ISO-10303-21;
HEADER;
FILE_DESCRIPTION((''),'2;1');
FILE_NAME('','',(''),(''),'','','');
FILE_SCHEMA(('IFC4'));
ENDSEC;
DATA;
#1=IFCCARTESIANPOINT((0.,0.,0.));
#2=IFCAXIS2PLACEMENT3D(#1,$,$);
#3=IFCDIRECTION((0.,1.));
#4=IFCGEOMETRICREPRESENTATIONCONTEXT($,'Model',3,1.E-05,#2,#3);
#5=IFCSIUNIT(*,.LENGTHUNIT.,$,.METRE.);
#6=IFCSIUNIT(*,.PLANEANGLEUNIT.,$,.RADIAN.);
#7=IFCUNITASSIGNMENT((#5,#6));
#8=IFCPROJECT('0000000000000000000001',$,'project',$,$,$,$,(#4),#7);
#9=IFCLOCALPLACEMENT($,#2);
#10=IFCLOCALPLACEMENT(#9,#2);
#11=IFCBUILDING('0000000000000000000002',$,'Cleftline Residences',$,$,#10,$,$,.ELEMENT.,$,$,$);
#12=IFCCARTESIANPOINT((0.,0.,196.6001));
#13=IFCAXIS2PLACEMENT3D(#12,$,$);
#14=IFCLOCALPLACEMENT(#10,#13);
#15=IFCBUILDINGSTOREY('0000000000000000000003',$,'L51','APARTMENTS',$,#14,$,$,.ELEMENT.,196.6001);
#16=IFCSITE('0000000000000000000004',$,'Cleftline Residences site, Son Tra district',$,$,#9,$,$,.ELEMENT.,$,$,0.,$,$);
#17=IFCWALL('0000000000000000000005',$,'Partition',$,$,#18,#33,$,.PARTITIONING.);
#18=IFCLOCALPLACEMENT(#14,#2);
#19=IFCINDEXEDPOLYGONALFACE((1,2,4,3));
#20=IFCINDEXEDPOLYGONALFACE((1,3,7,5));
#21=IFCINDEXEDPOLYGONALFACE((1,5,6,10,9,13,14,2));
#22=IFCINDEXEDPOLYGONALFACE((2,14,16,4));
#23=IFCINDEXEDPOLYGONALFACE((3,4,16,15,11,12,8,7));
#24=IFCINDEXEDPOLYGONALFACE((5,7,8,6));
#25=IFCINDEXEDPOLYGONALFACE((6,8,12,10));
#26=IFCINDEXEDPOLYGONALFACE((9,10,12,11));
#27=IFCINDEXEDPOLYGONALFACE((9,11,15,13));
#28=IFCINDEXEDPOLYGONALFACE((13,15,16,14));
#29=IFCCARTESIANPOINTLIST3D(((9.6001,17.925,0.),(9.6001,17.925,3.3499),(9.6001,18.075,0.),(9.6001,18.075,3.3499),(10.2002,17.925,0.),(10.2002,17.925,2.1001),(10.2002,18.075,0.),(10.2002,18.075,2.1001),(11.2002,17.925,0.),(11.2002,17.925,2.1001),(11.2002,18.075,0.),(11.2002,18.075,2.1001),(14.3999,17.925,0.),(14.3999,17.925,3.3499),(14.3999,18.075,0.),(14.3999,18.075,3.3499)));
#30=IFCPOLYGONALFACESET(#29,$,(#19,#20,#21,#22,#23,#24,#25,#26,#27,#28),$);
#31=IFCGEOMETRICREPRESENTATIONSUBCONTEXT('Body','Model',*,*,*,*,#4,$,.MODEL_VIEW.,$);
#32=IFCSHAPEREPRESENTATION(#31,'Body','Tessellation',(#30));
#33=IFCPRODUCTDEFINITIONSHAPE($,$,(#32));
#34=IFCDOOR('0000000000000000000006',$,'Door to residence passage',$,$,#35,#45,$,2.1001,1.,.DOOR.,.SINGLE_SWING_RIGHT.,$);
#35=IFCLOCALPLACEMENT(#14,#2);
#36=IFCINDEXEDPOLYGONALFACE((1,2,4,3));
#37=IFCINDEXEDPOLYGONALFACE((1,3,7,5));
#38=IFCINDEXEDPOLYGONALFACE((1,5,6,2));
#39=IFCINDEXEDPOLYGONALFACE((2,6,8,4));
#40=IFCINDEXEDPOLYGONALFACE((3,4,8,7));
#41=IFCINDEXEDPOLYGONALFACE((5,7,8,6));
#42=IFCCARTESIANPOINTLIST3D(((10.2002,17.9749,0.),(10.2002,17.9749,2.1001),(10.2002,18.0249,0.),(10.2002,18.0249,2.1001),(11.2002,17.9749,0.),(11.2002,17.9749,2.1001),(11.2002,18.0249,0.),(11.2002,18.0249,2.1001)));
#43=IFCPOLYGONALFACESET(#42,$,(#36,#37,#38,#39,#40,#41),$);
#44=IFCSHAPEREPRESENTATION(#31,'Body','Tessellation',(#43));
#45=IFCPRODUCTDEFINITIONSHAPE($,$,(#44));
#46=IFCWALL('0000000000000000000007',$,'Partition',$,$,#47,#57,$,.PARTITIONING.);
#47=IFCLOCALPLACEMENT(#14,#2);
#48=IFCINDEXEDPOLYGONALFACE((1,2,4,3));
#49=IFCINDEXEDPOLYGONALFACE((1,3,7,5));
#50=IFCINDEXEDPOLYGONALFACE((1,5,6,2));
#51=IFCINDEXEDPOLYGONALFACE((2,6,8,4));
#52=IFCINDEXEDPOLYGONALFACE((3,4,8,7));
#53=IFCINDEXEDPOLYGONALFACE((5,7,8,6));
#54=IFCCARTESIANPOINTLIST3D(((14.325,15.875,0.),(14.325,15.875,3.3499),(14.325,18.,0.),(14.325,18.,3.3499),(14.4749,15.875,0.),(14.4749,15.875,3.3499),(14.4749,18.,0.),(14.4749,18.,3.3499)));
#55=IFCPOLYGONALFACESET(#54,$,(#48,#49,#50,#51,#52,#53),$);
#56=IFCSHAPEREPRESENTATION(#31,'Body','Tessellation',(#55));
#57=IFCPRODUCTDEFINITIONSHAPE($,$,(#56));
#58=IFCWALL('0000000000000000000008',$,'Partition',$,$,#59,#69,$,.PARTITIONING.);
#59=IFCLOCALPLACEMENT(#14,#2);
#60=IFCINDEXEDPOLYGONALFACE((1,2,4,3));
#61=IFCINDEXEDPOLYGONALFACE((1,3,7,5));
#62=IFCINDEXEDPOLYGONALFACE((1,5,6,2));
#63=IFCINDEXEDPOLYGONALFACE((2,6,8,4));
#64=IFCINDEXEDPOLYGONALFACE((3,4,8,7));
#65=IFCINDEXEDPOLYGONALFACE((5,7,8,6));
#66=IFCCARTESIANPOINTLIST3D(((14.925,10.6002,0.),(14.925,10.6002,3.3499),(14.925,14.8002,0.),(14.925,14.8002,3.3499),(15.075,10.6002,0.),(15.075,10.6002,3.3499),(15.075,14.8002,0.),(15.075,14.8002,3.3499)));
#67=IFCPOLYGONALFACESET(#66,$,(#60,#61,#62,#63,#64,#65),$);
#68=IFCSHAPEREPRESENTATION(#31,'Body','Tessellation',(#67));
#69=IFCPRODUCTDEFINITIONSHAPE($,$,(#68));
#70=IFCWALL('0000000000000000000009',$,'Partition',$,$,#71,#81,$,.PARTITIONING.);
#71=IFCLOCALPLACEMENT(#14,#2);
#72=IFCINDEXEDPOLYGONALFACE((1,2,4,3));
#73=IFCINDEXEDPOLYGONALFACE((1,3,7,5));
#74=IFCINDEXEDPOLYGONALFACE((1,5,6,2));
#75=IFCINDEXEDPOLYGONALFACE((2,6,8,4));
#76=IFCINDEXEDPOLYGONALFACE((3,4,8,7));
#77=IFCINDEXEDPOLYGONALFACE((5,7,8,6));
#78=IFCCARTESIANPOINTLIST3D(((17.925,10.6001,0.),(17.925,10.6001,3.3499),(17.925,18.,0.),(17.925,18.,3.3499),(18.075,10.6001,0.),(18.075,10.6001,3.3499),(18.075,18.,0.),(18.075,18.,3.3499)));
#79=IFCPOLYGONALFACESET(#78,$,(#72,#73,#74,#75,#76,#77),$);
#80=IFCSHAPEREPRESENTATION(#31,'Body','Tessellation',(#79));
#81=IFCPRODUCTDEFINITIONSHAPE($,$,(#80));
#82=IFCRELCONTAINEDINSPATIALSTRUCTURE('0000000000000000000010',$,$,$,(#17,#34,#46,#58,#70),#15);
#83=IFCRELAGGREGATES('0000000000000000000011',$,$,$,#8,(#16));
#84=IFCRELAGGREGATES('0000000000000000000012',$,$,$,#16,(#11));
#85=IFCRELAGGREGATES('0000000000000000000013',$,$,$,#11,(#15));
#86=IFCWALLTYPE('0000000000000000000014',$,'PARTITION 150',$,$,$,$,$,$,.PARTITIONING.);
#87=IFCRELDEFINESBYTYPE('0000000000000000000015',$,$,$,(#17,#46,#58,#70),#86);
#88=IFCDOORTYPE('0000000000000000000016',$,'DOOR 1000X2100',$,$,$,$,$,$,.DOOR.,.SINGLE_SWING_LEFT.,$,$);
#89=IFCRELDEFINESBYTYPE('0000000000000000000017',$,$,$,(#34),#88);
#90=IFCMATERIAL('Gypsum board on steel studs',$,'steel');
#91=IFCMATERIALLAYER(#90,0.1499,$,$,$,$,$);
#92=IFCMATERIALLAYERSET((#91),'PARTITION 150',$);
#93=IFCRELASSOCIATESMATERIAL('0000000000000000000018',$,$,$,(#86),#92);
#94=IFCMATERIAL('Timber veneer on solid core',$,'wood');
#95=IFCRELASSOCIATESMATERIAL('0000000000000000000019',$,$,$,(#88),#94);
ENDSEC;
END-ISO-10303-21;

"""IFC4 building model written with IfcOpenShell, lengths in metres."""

from ifc_helpers import new_model, si_unit, direction, frame, frame_2d, origin, place, context, subcontext, project, spatial, rectangle, extrude, material, layer, layer_set, type_object, element, fill, save


model = new_model("IFC4")

# Units and contexts
model_context = context("Model", 3, precision=1e-05, world=origin(), true_north=direction((0.0, 1.0)))
body_context = subcontext(model_context, "Body", "Model", "MODEL_VIEW")
ifc_project = project(units=[si_unit("LENGTHUNIT", "METRE"), si_unit("PLANEANGLEUNIT", "RADIAN")], contexts=[model_context])

# Site, building, storey
site_placement = place(None, origin())
site = spatial("IfcSite", under=ifc_project, at=site_placement, Name="Cleftline Residences site, Son Tra district", CompositionType="ELEMENT", RefElevation=0.0)
building_placement = place(site_placement, origin())
building = spatial("IfcBuilding", under=site, at=building_placement, Name="Cleftline Residences", CompositionType="ELEMENT")
storey_placement = place(building_placement, frame((0.0, 0.0, 196.6001)))
storey = spatial("IfcBuildingStorey", under=building, at=storey_placement, Name="L51", Description="APARTMENTS", CompositionType="ELEMENT", Elevation=196.6001)

# Shared definitions
ifc_material_1 = material(Name="Gypsum board on steel studs", Category="steel")
ifc_layer_1 = layer(ifc_material_1, 0.1499)
ifc_layer_set_1 = layer_set([ifc_layer_1], Name="PARTITION 150")
wall_type_1 = type_object("IfcWallType", Name="PARTITION 150", PredefinedType="PARTITIONING", material=ifc_layer_set_1)

# Wall, opening, door
wall_1_placement = place(storey_placement, frame((9.6001, 18.0, 0.0), z_axis=(0.0, 0.0, 1.0), x_axis=(1.0, 0.0, 0.0)))
wall_1 = element("IfcWall", 1, at=wall_1_placement, inside=storey, type_object=wall_type_1, Name="Partition", PredefinedType="PARTITIONING", context=body_context, shape_type="SweptSolid", body=[
    extrude(rectangle(XDim=4.7998, YDim=0.1499, at=frame_2d((2.3999, 0.0))), origin(), (0.0, 0.0, 1.0), 3.3499),
])
opening_1_placement = place(wall_1_placement, frame((0.6001, 0.0, 0.0)))
opening_1 = element("IfcOpeningElement", 2, at=opening_1_placement, cuts=wall_1, PredefinedType="OPENING", context=body_context, shape_type="SweptSolid", body=[
    extrude(rectangle(XDim=1.0, YDim=2.1001, at=frame_2d((0.5, 1.05))), frame((0.0, 0.085, 0.0), z_axis=(0.0, -1.0, 0.0), x_axis=(1.0, 0.0, 0.0)), (0.0, 0.0, 1.0), 0.1699),
])
ifc_material_2 = material(Name="Timber veneer on solid core", Category="wood")
door_type_1 = type_object("IfcDoorType", Name="DOOR 1000X2100", OperationType="SINGLE_SWING_LEFT", PredefinedType="DOOR", material=ifc_material_2)
door_1_placement = place(opening_1_placement, origin())
door_1 = element("IfcDoor", 3, at=door_1_placement, inside=storey, type_object=door_type_1, Name="Door to residence passage", OperationType="SINGLE_SWING_RIGHT", OverallHeight=2.1001, OverallWidth=1.0, PredefinedType="DOOR", context=body_context, shape_type="SweptSolid", body=[
    extrude(rectangle(XDim=1.0, YDim=2.1001, at=frame_2d((0.5, 1.05))), frame((0.0, 0.0249, 0.0), z_axis=(0.0, -1.0, 0.0), x_axis=(1.0, 0.0, 0.0)), (0.0, 0.0, 1.0), 0.05),
])
fill(opening_1, door_1)

# Walls
wall_2_placement = place(storey_placement, frame((14.3999, 15.875, 0.0), z_axis=(0.0, 0.0, 1.0), x_axis=(0.0, 1.0, 0.0)))
element("IfcWall", 4, at=wall_2_placement, inside=storey, type_object=wall_type_1, Name="Partition", PredefinedType="PARTITIONING", context=body_context, shape_type="SweptSolid", body=[
    extrude(rectangle(XDim=2.125, YDim=0.1499, at=frame_2d((1.0625, 0.0))), origin(), (0.0, 0.0, 1.0), 3.3499),
])
wall_3_placement = place(storey_placement, frame((15.0, 10.6001, 0.0), z_axis=(0.0, 0.0, 1.0), x_axis=(0.0, 1.0, 0.0)))
element("IfcWall", 5, at=wall_3_placement, inside=storey, type_object=wall_type_1, Name="Partition", PredefinedType="PARTITIONING", context=body_context, shape_type="SweptSolid", body=[
    extrude(rectangle(XDim=4.2, YDim=0.1499, at=frame_2d((2.1001, 0.0))), origin(), (0.0, 0.0, 1.0), 3.3499),
])
wall_4_placement = place(storey_placement, frame((18.0, 10.6001, 0.0), z_axis=(0.0, 0.0, 1.0), x_axis=(0.0, 1.0, 0.0)))
element("IfcWall", 6, at=wall_4_placement, inside=storey, type_object=wall_type_1, Name="Partition", PredefinedType="PARTITIONING", context=body_context, shape_type="SweptSolid", body=[
    extrude(rectangle(XDim=7.3999, YDim=0.1499, at=frame_2d((3.7, 0.0))), origin(), (0.0, 0.0, 1.0), 3.3499),
])

save(model, "model.ifc")
